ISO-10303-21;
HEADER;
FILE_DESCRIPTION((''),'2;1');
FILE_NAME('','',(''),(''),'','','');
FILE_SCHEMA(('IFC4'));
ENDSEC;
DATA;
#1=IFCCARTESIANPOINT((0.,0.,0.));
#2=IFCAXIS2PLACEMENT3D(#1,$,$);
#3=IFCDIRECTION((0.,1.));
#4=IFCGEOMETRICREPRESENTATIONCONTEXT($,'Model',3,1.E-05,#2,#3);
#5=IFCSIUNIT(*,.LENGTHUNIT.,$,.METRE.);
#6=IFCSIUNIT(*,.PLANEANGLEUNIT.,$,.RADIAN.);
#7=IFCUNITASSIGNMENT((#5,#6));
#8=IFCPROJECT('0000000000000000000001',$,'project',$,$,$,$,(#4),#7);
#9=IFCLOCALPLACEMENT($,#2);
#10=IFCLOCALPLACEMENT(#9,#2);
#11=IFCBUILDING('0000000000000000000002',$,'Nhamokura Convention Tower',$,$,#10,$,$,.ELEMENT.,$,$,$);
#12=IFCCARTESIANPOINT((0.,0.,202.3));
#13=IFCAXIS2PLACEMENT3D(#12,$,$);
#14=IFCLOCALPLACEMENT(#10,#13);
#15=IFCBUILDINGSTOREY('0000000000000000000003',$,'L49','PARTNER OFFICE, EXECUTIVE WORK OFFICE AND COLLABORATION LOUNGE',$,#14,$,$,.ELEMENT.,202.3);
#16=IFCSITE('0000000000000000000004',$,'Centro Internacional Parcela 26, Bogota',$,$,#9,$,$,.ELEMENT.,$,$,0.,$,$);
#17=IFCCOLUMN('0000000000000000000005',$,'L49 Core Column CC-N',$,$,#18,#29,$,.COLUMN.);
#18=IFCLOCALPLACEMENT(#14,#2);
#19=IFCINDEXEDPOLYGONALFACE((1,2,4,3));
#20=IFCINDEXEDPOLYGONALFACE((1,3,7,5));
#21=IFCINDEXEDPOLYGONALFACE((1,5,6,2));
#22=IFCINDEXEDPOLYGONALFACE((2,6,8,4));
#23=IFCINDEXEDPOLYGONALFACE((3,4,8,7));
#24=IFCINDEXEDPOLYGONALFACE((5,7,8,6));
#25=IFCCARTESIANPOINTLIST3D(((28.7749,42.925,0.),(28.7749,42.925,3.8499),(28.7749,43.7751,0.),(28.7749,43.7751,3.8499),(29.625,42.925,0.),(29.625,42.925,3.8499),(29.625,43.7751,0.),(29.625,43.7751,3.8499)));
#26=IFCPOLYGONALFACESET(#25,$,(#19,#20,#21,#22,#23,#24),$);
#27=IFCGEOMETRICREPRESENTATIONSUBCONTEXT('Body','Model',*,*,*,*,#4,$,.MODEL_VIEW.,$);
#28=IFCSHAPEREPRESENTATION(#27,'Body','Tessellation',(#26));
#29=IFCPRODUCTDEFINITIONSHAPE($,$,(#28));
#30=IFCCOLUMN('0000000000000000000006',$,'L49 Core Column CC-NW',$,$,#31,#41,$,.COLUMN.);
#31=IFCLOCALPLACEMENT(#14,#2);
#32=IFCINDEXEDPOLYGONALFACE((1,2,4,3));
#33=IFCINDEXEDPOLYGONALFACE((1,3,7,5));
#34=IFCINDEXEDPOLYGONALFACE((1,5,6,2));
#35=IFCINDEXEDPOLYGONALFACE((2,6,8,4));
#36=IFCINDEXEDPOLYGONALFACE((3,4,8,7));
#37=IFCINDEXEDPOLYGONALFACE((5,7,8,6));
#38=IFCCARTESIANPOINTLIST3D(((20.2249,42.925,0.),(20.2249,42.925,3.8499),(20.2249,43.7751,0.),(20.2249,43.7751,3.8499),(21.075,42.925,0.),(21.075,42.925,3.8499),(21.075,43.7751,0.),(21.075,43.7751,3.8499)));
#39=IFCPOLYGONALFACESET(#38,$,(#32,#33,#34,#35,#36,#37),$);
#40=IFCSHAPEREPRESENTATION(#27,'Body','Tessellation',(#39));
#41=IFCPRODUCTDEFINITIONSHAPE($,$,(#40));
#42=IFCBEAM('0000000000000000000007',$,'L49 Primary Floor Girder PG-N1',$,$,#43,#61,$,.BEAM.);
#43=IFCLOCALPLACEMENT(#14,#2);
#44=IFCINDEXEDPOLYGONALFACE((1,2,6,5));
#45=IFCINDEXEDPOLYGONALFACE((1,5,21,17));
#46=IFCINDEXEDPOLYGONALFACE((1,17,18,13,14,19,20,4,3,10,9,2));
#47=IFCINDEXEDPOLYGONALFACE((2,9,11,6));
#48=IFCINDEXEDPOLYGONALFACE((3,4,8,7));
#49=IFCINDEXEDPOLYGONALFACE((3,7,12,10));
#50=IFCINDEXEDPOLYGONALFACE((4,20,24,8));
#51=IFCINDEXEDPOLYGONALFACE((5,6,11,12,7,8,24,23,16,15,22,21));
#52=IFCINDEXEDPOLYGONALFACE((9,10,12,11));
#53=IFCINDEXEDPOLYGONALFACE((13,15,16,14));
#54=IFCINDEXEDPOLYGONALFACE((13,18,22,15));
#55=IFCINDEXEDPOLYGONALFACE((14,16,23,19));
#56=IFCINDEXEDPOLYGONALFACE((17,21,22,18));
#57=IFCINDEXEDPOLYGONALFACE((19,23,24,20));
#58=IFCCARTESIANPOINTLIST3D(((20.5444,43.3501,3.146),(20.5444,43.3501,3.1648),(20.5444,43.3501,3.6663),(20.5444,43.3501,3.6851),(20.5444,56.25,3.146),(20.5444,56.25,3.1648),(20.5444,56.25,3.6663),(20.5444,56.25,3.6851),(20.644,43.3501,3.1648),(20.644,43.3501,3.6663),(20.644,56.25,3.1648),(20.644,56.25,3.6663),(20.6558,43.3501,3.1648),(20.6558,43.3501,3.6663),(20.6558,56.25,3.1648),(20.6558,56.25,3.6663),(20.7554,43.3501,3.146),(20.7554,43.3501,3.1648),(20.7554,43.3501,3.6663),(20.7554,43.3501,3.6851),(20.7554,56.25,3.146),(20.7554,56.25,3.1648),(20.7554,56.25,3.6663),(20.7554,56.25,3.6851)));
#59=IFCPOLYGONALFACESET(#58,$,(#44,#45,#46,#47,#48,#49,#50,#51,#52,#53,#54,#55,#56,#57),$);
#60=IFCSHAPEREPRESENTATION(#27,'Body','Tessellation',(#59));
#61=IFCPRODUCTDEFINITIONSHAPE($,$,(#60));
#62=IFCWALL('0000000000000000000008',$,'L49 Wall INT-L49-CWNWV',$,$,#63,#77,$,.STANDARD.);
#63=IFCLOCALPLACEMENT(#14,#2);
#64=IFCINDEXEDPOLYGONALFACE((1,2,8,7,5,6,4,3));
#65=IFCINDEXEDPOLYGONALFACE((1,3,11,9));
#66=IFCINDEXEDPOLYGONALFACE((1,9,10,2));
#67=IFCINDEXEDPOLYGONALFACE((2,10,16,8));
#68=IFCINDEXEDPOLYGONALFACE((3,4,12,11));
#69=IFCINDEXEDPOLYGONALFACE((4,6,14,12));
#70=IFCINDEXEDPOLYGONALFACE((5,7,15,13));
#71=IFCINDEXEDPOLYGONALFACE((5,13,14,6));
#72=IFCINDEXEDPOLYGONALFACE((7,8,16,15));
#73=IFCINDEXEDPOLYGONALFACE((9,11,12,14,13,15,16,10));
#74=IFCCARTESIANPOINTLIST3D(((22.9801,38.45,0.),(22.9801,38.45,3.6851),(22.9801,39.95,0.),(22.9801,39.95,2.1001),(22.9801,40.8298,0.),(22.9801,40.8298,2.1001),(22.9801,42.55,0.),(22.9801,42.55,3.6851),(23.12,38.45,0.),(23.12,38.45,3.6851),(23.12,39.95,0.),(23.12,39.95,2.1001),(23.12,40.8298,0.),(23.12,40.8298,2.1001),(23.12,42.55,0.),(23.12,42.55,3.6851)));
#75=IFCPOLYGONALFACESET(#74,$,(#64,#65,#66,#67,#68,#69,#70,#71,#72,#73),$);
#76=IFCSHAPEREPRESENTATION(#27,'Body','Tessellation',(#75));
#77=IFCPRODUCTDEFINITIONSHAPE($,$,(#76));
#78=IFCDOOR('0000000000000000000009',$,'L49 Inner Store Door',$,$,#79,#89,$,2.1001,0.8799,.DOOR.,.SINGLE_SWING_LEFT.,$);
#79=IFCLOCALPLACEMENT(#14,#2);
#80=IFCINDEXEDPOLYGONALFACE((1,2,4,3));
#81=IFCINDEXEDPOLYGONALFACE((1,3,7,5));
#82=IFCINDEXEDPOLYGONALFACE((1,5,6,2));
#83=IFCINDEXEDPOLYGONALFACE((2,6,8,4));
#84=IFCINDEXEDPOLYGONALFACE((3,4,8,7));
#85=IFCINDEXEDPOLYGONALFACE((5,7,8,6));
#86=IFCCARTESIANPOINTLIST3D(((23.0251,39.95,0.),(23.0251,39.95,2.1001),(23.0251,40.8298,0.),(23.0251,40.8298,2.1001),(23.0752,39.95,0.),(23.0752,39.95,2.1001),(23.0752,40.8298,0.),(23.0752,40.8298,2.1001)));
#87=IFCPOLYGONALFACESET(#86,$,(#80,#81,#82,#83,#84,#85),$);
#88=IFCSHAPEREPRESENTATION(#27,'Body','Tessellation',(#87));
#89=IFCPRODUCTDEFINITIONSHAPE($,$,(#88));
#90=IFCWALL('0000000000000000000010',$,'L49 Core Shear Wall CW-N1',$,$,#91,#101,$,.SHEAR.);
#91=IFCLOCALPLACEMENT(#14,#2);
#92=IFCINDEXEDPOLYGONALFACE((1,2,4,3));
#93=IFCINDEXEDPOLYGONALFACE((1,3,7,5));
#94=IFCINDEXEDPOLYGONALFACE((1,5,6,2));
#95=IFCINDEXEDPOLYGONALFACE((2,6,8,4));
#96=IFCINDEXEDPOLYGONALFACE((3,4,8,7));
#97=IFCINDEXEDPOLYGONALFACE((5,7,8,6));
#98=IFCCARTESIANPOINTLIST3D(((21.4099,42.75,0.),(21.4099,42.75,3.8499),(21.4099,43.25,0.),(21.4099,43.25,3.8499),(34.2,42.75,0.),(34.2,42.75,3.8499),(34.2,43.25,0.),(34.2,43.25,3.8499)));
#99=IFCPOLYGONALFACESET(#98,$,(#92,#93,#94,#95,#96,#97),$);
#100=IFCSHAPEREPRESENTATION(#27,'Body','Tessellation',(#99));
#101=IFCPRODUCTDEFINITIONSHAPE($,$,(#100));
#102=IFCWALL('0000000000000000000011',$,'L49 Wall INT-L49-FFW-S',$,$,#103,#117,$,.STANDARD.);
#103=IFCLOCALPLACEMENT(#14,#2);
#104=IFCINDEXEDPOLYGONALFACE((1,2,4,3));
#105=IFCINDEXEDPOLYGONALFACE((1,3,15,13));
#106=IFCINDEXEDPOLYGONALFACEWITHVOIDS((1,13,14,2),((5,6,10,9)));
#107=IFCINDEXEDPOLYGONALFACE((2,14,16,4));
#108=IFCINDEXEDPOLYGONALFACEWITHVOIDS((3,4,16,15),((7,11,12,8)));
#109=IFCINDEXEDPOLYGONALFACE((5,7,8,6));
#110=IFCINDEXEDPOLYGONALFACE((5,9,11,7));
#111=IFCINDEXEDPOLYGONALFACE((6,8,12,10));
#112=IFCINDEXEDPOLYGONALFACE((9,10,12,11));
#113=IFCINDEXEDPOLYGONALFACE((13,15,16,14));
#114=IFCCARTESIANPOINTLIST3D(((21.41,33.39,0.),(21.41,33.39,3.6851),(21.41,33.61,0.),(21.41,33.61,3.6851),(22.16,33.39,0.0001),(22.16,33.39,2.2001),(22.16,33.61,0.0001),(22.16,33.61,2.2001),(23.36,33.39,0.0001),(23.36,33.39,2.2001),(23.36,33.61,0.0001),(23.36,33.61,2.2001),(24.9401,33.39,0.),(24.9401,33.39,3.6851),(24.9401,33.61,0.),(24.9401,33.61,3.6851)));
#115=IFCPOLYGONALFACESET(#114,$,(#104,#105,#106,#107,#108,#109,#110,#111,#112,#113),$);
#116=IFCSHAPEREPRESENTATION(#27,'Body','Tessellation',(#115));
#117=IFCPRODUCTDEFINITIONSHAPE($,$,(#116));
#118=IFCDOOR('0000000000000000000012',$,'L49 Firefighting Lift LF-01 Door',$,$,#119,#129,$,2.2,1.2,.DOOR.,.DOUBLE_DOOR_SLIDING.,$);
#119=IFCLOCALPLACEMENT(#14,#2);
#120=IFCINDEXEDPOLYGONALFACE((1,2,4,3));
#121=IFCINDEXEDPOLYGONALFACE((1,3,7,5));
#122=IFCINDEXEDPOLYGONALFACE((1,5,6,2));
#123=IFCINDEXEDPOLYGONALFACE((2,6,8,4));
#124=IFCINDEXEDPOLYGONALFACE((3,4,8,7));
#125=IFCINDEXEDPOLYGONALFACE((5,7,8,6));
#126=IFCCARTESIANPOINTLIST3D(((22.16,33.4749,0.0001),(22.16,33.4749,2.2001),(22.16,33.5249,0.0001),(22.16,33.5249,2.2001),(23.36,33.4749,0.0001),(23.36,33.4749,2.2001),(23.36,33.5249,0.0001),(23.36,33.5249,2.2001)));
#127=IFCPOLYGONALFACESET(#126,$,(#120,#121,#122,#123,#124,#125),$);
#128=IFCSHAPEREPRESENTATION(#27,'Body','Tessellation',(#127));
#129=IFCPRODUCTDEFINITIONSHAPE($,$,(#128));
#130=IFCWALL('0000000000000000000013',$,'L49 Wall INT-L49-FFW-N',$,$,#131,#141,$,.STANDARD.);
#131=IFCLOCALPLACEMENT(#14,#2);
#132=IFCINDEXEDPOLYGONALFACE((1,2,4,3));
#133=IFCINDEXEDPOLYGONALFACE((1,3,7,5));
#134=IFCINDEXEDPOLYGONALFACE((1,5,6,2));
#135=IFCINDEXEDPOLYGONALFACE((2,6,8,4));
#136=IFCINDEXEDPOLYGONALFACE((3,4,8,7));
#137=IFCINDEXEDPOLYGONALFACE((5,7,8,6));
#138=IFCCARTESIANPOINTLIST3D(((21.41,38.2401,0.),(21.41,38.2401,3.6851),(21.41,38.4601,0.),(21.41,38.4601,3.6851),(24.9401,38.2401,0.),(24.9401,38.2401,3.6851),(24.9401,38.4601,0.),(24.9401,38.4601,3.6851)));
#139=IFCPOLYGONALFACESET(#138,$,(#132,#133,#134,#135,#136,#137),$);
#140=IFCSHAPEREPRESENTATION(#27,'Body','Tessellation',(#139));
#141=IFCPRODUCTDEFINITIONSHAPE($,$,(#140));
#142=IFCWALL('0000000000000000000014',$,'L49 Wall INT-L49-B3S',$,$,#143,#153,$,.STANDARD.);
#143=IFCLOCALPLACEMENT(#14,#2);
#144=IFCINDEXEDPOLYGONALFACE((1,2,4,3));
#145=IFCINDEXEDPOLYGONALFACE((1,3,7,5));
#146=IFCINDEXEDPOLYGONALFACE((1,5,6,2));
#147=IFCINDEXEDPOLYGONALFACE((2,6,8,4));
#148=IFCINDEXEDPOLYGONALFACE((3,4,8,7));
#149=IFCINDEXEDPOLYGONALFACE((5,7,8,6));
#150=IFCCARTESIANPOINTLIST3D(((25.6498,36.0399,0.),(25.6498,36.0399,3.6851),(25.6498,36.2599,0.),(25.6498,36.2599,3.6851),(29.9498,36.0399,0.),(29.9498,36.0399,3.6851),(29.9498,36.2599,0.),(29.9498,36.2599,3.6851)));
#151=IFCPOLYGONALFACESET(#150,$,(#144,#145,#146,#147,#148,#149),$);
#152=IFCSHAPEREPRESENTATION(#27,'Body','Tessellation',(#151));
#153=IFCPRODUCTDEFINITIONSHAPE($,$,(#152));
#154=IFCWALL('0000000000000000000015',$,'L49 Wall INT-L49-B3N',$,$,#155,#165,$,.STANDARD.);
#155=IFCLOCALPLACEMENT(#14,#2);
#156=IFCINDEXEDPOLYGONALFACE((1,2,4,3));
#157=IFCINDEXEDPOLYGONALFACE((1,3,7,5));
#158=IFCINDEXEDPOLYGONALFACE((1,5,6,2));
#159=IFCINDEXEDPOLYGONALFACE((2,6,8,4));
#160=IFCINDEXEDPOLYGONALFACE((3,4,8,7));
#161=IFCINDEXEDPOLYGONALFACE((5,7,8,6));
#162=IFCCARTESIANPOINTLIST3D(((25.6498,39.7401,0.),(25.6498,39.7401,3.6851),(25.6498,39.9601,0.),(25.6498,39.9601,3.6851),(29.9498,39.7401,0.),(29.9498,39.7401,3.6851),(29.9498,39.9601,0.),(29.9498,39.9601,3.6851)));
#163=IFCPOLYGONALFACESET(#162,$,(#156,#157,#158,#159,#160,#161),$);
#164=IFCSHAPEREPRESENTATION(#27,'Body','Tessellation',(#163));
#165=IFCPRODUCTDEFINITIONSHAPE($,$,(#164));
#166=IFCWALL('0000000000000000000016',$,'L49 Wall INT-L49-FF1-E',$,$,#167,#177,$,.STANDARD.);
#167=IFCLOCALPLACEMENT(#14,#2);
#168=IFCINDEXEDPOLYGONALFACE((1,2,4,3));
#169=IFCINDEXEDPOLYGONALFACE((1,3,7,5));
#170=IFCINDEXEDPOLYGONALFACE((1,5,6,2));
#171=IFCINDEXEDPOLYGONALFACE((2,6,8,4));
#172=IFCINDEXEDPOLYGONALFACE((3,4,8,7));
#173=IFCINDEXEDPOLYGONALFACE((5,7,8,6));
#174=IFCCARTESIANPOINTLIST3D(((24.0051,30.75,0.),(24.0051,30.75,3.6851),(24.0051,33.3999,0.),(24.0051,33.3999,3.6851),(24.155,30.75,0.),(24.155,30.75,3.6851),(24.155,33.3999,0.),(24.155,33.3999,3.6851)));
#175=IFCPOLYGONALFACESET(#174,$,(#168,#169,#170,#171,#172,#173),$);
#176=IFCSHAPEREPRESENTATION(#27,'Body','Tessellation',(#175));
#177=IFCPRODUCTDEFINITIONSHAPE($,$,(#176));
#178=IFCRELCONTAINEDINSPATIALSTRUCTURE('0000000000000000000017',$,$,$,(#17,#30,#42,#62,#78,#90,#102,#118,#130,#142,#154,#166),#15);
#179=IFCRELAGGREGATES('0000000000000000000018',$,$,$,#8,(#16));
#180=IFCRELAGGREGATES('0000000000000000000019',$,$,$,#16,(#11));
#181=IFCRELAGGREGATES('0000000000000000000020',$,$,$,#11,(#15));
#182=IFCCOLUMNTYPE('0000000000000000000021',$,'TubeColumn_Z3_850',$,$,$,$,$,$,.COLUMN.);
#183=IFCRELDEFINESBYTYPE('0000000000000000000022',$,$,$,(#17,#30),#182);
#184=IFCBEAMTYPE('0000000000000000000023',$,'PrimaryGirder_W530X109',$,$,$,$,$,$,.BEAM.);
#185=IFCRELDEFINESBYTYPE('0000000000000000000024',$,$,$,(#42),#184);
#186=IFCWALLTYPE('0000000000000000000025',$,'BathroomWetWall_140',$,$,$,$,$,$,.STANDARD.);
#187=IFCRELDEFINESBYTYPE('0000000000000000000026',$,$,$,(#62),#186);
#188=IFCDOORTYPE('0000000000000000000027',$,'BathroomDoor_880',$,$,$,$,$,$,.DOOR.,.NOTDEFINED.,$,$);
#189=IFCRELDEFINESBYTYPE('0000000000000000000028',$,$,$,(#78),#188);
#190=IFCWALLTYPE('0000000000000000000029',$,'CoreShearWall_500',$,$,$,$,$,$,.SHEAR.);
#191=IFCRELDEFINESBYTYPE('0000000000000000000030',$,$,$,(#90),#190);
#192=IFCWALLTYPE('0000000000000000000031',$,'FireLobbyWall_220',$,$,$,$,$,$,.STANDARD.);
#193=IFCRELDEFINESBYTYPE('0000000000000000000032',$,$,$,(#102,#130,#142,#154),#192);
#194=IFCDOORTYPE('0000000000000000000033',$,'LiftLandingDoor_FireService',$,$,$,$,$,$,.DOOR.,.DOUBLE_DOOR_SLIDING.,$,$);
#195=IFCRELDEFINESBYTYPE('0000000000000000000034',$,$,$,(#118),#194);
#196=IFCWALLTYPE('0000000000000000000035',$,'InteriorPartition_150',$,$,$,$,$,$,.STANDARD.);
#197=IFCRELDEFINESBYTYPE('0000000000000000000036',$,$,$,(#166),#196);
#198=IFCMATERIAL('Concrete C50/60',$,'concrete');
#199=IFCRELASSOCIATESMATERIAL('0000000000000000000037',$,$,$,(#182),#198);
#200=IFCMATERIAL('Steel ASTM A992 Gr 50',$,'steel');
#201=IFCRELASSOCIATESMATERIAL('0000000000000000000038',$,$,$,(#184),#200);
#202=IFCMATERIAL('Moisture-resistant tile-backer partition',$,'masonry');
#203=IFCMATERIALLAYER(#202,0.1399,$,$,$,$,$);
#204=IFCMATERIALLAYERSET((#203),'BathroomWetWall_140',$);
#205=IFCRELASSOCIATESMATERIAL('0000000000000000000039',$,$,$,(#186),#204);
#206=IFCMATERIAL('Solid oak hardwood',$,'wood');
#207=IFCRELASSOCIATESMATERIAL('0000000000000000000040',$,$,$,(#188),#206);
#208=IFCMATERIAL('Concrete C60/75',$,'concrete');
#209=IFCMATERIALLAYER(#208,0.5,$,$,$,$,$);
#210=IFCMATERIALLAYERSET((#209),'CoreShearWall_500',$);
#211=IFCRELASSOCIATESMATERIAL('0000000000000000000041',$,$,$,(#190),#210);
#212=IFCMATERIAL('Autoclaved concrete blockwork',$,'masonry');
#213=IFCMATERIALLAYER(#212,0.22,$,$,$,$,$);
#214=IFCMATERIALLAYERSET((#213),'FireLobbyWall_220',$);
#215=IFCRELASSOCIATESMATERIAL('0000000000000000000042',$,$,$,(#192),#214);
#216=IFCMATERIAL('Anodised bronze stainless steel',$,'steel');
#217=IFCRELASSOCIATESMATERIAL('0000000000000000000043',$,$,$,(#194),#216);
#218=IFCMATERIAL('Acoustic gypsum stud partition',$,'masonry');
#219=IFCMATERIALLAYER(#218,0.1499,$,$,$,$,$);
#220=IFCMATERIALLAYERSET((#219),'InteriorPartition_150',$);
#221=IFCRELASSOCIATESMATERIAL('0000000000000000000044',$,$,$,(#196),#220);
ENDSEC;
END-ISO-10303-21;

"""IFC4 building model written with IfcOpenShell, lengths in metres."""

from ifc_helpers import new_model, si_unit, direction, frame, frame_2d, origin, origin_2d, place, context, subcontext, project, spatial, rectangle, i_section, extrude, material, layer, layer_set, material_profile, profile_set, type_object, element, fill, save


model = new_model("IFC4")

# Units and contexts
model_context = context("Model", 3, precision=1e-05, world=origin(), true_north=direction((0.0, 1.0)))
body_context = subcontext(model_context, "Body", "Model", "MODEL_VIEW")
ifc_project = project(units=[si_unit("LENGTHUNIT", "METRE"), si_unit("PLANEANGLEUNIT", "RADIAN")], contexts=[model_context])

# Site, building, storey
site_placement = place(None, origin())
site = spatial("IfcSite", under=ifc_project, at=site_placement, Name="Centro Internacional Parcela 26, Bogota", CompositionType="ELEMENT", RefElevation=0.0)
building_placement = place(site_placement, origin())
building = spatial("IfcBuilding", under=site, at=building_placement, Name="Nhamokura Convention Tower", CompositionType="ELEMENT")
storey_placement = place(building_placement, frame((0.0, 0.0, 202.3)))
storey = spatial("IfcBuildingStorey", under=building, at=storey_placement, Name="L49", Description="PARTNER OFFICE, EXECUTIVE WORK OFFICE AND COLLABORATION LOUNGE", CompositionType="ELEMENT", Elevation=202.3)

# Columns
ifc_material_1 = material(Name="Concrete C50/60", Category="concrete")
ifc_material_profile_1 = material_profile(ifc_material_1, rectangle(XDim=0.8501, YDim=0.8501, at=origin_2d()))
ifc_profile_set_1 = profile_set([ifc_material_profile_1], Name="Concrete C50/60")
column_type = type_object("IfcColumnType", Name="TubeColumn_Z3_850", PredefinedType="COLUMN", material=ifc_profile_set_1)
for number, where, z_axis, x_axis, name in (
    (1, (29.2, 43.3501, 0.0), (0.0, 0.0, 1.0), (1.0, 0.0, 0.0), "L49 Core Column CC-N"),
    (2, (20.6499, 43.3501, 0.0), (0.0, 0.0, 1.0), (1.0, 0.0, 0.0), "L49 Core Column CC-NW"),
):
    element("IfcColumn", number, at=place(storey_placement, frame(where, z_axis=z_axis, x_axis=x_axis)), inside=storey, type_object=column_type, Name=name, PredefinedType="COLUMN", context=body_context, shape_type="SweptSolid", body=[
        extrude(rectangle(XDim=0.8501, YDim=0.8501, at=origin_2d()), origin(), (0.0, 0.0, 1.0), 3.8499),
    ])

# Beam
ifc_material_2 = material(Name="Steel ASTM A992 Gr 50", Category="steel")
ifc_material_profile_2 = material_profile(ifc_material_2, i_section(OverallWidth=0.2109, OverallDepth=0.5391, WebThickness=0.0117, FlangeThickness=0.0188, at=origin_2d()))
ifc_profile_set_2 = profile_set([ifc_material_profile_2], Name="Steel ASTM A992 Gr 50")
beam_type = type_object("IfcBeamType", Name="PrimaryGirder_W530X109", PredefinedType="BEAM", material=ifc_profile_set_2)
beam_placement = place(storey_placement, frame((20.6499, 43.3501, 3.4155), z_axis=(0.0, 1.0, 0.0), x_axis=(-1.0, 0.0, 0.0)))
element("IfcBeam", 3, at=beam_placement, inside=storey, type_object=beam_type, Name="L49 Primary Floor Girder PG-N1", PredefinedType="BEAM", context=body_context, shape_type="SweptSolid", body=[
    extrude(i_section(OverallWidth=0.2109, OverallDepth=0.5391, WebThickness=0.0117, FlangeThickness=0.0188, at=origin_2d()), origin(), (0.0, 0.0, 1.0), 12.8999),
])

# Wall, opening, door
ifc_material_3 = material(Name="Moisture-resistant tile-backer partition", Category="masonry")
ifc_layer_1 = layer(ifc_material_3, 0.1399)
ifc_layer_set_1 = layer_set([ifc_layer_1], Name="BathroomWetWall_140")
wall_type_1 = type_object("IfcWallType", Name="BathroomWetWall_140", PredefinedType="STANDARD", material=ifc_layer_set_1)
wall_1_placement = place(storey_placement, frame((23.05, 38.45, 0.0), z_axis=(0.0, 0.0, 1.0), x_axis=(0.0, 1.0, 0.0)))
wall_1 = element("IfcWall", 4, at=wall_1_placement, inside=storey, type_object=wall_type_1, Name="L49 Wall INT-L49-CWNWV", PredefinedType="STANDARD", context=body_context, shape_type="SweptSolid", body=[
    extrude(rectangle(XDim=4.1001, YDim=0.1399, at=frame_2d((2.05, 0.0))), origin(), (0.0, 0.0, 1.0), 3.6851),
])
opening_1_placement = place(wall_1_placement, frame((1.5, 0.0, 0.0)))
opening_1 = element("IfcOpeningElement", 5, at=opening_1_placement, cuts=wall_1, PredefinedType="OPENING", context=body_context, shape_type="SweptSolid", body=[
    extrude(rectangle(XDim=0.8799, YDim=2.1001, at=frame_2d((0.4399, 1.05))), frame((0.0, 0.0798, 0.0), z_axis=(0.0, -1.0, 0.0), x_axis=(1.0, 0.0, 0.0)), (0.0, 0.0, 1.0), 0.1599),
])
ifc_material_4 = material(Name="Solid oak hardwood", Category="wood")
door_type_1 = type_object("IfcDoorType", Name="BathroomDoor_880", OperationType="NOTDEFINED", PredefinedType="DOOR", material=ifc_material_4)
door_1_placement = place(opening_1_placement, origin())
door_1 = element("IfcDoor", 6, at=door_1_placement, inside=storey, type_object=door_type_1, Name="L49 Inner Store Door", OperationType="SINGLE_SWING_LEFT", OverallHeight=2.1001, OverallWidth=0.8799, PredefinedType="DOOR", context=body_context, shape_type="SweptSolid", body=[
    extrude(rectangle(XDim=0.8799, YDim=2.1001, at=frame_2d((0.4399, 1.05))), frame((0.0, 0.0249, 0.0), z_axis=(0.0, -1.0, 0.0), x_axis=(1.0, 0.0, 0.0)), (0.0, 0.0, 1.0), 0.05),
])
fill(opening_1, door_1)

# Wall
ifc_material_5 = material(Name="Concrete C60/75", Category="concrete")
ifc_layer_2 = layer(ifc_material_5, 0.5)
ifc_layer_set_2 = layer_set([ifc_layer_2], Name="CoreShearWall_500")
wall_type_2 = type_object("IfcWallType", Name="CoreShearWall_500", PredefinedType="SHEAR", material=ifc_layer_set_2)
wall_2_placement = place(storey_placement, frame((21.4099, 43.0, 0.0), z_axis=(0.0, 0.0, 1.0), x_axis=(1.0, 0.0, 0.0)))
element("IfcWall", 7, at=wall_2_placement, inside=storey, type_object=wall_type_2, Name="L49 Core Shear Wall CW-N1", PredefinedType="SHEAR", context=body_context, shape_type="SweptSolid", body=[
    extrude(rectangle(XDim=12.79, YDim=0.5, at=frame_2d((6.395, 0.0))), origin(), (0.0, 0.0, 1.0), 3.8499),
])

# Wall, opening, door
ifc_material_6 = material(Name="Autoclaved concrete blockwork", Category="masonry")
ifc_layer_3 = layer(ifc_material_6, 0.22)
ifc_layer_set_3 = layer_set([ifc_layer_3], Name="FireLobbyWall_220")
wall_type_3 = type_object("IfcWallType", Name="FireLobbyWall_220", PredefinedType="STANDARD", material=ifc_layer_set_3)
wall_3_placement = place(storey_placement, frame((21.4099, 33.5, 0.0), z_axis=(0.0, 0.0, 1.0), x_axis=(1.0, 0.0, 0.0)))
wall_3 = element("IfcWall", 8, at=wall_3_placement, inside=storey, type_object=wall_type_3, Name="L49 Wall INT-L49-FFW-S", PredefinedType="STANDARD", context=body_context, shape_type="SweptSolid", body=[
    extrude(rectangle(XDim=3.53, YDim=0.22, at=frame_2d((1.7651, 0.0))), origin(), (0.0, 0.0, 1.0), 3.6851),
])
opening_2_placement = place(wall_3_placement, frame((0.75, 0.0, 0.0)))
opening_2 = element("IfcOpeningElement", 9, at=opening_2_placement, cuts=wall_3, PredefinedType="OPENING", context=body_context, shape_type="SweptSolid", body=[
    extrude(rectangle(XDim=1.2, YDim=2.2, at=frame_2d((0.6001, 1.1001))), frame((0.0, 0.1199, 0.0), z_axis=(0.0, -1.0, 0.0), x_axis=(1.0, 0.0, 0.0)), (0.0, 0.0, 1.0), 0.24),
])
ifc_material_7 = material(Name="Anodised bronze stainless steel", Category="steel")
door_type_2 = type_object("IfcDoorType", Name="LiftLandingDoor_FireService", OperationType="DOUBLE_DOOR_SLIDING", PredefinedType="DOOR", material=ifc_material_7)
door_2_placement = place(opening_2_placement, origin())
door_2 = element("IfcDoor", 10, at=door_2_placement, inside=storey, type_object=door_type_2, Name="L49 Firefighting Lift LF-01 Door", OperationType="DOUBLE_DOOR_SLIDING", OverallHeight=2.2, OverallWidth=1.2, PredefinedType="DOOR", context=body_context, shape_type="SweptSolid", body=[
    extrude(rectangle(XDim=1.2, YDim=2.2, at=frame_2d((0.6001, 1.1001))), frame((0.0, 0.0249, 0.0), z_axis=(0.0, -1.0, 0.0), x_axis=(1.0, 0.0, 0.0)), (0.0, 0.0, 1.0), 0.05),
])
fill(opening_2, door_2)

# Walls
wall_4_placement = place(storey_placement, frame((21.4099, 38.3501, 0.0), z_axis=(0.0, 0.0, 1.0), x_axis=(1.0, 0.0, 0.0)))
element("IfcWall", 11, at=wall_4_placement, inside=storey, type_object=wall_type_3, Name="L49 Wall INT-L49-FFW-N", PredefinedType="STANDARD", context=body_context, shape_type="SweptSolid", body=[
    extrude(rectangle(XDim=3.53, YDim=0.22, at=frame_2d((1.7651, 0.0))), origin(), (0.0, 0.0, 1.0), 3.6851),
])
for number, where, z_axis, x_axis, name in (
    (12, (25.6499, 36.1499, 0.0), (0.0, 0.0, 1.0), (1.0, 0.0, 0.0), "L49 Wall INT-L49-B3S"),
    (13, (25.6499, 39.8501, 0.0), (0.0, 0.0, 1.0), (1.0, 0.0, 0.0), "L49 Wall INT-L49-B3N"),
):
    element("IfcWall", number, at=place(storey_placement, frame(where, z_axis=z_axis, x_axis=x_axis)), inside=storey, type_object=wall_type_3, Name=name, PredefinedType="STANDARD", context=body_context, shape_type="SweptSolid", body=[
        extrude(rectangle(XDim=4.3, YDim=0.22, at=frame_2d((2.1499, 0.0))), origin(), (0.0, 0.0, 1.0), 3.6851),
    ])
ifc_material_8 = material(Name="Acoustic gypsum stud partition", Category="masonry")
ifc_layer_4 = layer(ifc_material_8, 0.1499)
ifc_layer_set_4 = layer_set([ifc_layer_4], Name="InteriorPartition_150")
wall_type_4 = type_object("IfcWallType", Name="InteriorPartition_150", PredefinedType="STANDARD", material=ifc_layer_set_4)
wall_5_placement = place(storey_placement, frame((24.0801, 30.75, 0.0), z_axis=(0.0, 0.0, 1.0), x_axis=(0.0, 1.0, 0.0)))
element("IfcWall", 14, at=wall_5_placement, inside=storey, type_object=wall_type_4, Name="L49 Wall INT-L49-FF1-E", PredefinedType="STANDARD", context=body_context, shape_type="SweptSolid", body=[
    extrude(rectangle(XDim=2.6499, YDim=0.1499, at=frame_2d((1.325, 0.0))), origin(), (0.0, 0.0, 1.0), 3.6851),
])

save(model, "model.ifc")
